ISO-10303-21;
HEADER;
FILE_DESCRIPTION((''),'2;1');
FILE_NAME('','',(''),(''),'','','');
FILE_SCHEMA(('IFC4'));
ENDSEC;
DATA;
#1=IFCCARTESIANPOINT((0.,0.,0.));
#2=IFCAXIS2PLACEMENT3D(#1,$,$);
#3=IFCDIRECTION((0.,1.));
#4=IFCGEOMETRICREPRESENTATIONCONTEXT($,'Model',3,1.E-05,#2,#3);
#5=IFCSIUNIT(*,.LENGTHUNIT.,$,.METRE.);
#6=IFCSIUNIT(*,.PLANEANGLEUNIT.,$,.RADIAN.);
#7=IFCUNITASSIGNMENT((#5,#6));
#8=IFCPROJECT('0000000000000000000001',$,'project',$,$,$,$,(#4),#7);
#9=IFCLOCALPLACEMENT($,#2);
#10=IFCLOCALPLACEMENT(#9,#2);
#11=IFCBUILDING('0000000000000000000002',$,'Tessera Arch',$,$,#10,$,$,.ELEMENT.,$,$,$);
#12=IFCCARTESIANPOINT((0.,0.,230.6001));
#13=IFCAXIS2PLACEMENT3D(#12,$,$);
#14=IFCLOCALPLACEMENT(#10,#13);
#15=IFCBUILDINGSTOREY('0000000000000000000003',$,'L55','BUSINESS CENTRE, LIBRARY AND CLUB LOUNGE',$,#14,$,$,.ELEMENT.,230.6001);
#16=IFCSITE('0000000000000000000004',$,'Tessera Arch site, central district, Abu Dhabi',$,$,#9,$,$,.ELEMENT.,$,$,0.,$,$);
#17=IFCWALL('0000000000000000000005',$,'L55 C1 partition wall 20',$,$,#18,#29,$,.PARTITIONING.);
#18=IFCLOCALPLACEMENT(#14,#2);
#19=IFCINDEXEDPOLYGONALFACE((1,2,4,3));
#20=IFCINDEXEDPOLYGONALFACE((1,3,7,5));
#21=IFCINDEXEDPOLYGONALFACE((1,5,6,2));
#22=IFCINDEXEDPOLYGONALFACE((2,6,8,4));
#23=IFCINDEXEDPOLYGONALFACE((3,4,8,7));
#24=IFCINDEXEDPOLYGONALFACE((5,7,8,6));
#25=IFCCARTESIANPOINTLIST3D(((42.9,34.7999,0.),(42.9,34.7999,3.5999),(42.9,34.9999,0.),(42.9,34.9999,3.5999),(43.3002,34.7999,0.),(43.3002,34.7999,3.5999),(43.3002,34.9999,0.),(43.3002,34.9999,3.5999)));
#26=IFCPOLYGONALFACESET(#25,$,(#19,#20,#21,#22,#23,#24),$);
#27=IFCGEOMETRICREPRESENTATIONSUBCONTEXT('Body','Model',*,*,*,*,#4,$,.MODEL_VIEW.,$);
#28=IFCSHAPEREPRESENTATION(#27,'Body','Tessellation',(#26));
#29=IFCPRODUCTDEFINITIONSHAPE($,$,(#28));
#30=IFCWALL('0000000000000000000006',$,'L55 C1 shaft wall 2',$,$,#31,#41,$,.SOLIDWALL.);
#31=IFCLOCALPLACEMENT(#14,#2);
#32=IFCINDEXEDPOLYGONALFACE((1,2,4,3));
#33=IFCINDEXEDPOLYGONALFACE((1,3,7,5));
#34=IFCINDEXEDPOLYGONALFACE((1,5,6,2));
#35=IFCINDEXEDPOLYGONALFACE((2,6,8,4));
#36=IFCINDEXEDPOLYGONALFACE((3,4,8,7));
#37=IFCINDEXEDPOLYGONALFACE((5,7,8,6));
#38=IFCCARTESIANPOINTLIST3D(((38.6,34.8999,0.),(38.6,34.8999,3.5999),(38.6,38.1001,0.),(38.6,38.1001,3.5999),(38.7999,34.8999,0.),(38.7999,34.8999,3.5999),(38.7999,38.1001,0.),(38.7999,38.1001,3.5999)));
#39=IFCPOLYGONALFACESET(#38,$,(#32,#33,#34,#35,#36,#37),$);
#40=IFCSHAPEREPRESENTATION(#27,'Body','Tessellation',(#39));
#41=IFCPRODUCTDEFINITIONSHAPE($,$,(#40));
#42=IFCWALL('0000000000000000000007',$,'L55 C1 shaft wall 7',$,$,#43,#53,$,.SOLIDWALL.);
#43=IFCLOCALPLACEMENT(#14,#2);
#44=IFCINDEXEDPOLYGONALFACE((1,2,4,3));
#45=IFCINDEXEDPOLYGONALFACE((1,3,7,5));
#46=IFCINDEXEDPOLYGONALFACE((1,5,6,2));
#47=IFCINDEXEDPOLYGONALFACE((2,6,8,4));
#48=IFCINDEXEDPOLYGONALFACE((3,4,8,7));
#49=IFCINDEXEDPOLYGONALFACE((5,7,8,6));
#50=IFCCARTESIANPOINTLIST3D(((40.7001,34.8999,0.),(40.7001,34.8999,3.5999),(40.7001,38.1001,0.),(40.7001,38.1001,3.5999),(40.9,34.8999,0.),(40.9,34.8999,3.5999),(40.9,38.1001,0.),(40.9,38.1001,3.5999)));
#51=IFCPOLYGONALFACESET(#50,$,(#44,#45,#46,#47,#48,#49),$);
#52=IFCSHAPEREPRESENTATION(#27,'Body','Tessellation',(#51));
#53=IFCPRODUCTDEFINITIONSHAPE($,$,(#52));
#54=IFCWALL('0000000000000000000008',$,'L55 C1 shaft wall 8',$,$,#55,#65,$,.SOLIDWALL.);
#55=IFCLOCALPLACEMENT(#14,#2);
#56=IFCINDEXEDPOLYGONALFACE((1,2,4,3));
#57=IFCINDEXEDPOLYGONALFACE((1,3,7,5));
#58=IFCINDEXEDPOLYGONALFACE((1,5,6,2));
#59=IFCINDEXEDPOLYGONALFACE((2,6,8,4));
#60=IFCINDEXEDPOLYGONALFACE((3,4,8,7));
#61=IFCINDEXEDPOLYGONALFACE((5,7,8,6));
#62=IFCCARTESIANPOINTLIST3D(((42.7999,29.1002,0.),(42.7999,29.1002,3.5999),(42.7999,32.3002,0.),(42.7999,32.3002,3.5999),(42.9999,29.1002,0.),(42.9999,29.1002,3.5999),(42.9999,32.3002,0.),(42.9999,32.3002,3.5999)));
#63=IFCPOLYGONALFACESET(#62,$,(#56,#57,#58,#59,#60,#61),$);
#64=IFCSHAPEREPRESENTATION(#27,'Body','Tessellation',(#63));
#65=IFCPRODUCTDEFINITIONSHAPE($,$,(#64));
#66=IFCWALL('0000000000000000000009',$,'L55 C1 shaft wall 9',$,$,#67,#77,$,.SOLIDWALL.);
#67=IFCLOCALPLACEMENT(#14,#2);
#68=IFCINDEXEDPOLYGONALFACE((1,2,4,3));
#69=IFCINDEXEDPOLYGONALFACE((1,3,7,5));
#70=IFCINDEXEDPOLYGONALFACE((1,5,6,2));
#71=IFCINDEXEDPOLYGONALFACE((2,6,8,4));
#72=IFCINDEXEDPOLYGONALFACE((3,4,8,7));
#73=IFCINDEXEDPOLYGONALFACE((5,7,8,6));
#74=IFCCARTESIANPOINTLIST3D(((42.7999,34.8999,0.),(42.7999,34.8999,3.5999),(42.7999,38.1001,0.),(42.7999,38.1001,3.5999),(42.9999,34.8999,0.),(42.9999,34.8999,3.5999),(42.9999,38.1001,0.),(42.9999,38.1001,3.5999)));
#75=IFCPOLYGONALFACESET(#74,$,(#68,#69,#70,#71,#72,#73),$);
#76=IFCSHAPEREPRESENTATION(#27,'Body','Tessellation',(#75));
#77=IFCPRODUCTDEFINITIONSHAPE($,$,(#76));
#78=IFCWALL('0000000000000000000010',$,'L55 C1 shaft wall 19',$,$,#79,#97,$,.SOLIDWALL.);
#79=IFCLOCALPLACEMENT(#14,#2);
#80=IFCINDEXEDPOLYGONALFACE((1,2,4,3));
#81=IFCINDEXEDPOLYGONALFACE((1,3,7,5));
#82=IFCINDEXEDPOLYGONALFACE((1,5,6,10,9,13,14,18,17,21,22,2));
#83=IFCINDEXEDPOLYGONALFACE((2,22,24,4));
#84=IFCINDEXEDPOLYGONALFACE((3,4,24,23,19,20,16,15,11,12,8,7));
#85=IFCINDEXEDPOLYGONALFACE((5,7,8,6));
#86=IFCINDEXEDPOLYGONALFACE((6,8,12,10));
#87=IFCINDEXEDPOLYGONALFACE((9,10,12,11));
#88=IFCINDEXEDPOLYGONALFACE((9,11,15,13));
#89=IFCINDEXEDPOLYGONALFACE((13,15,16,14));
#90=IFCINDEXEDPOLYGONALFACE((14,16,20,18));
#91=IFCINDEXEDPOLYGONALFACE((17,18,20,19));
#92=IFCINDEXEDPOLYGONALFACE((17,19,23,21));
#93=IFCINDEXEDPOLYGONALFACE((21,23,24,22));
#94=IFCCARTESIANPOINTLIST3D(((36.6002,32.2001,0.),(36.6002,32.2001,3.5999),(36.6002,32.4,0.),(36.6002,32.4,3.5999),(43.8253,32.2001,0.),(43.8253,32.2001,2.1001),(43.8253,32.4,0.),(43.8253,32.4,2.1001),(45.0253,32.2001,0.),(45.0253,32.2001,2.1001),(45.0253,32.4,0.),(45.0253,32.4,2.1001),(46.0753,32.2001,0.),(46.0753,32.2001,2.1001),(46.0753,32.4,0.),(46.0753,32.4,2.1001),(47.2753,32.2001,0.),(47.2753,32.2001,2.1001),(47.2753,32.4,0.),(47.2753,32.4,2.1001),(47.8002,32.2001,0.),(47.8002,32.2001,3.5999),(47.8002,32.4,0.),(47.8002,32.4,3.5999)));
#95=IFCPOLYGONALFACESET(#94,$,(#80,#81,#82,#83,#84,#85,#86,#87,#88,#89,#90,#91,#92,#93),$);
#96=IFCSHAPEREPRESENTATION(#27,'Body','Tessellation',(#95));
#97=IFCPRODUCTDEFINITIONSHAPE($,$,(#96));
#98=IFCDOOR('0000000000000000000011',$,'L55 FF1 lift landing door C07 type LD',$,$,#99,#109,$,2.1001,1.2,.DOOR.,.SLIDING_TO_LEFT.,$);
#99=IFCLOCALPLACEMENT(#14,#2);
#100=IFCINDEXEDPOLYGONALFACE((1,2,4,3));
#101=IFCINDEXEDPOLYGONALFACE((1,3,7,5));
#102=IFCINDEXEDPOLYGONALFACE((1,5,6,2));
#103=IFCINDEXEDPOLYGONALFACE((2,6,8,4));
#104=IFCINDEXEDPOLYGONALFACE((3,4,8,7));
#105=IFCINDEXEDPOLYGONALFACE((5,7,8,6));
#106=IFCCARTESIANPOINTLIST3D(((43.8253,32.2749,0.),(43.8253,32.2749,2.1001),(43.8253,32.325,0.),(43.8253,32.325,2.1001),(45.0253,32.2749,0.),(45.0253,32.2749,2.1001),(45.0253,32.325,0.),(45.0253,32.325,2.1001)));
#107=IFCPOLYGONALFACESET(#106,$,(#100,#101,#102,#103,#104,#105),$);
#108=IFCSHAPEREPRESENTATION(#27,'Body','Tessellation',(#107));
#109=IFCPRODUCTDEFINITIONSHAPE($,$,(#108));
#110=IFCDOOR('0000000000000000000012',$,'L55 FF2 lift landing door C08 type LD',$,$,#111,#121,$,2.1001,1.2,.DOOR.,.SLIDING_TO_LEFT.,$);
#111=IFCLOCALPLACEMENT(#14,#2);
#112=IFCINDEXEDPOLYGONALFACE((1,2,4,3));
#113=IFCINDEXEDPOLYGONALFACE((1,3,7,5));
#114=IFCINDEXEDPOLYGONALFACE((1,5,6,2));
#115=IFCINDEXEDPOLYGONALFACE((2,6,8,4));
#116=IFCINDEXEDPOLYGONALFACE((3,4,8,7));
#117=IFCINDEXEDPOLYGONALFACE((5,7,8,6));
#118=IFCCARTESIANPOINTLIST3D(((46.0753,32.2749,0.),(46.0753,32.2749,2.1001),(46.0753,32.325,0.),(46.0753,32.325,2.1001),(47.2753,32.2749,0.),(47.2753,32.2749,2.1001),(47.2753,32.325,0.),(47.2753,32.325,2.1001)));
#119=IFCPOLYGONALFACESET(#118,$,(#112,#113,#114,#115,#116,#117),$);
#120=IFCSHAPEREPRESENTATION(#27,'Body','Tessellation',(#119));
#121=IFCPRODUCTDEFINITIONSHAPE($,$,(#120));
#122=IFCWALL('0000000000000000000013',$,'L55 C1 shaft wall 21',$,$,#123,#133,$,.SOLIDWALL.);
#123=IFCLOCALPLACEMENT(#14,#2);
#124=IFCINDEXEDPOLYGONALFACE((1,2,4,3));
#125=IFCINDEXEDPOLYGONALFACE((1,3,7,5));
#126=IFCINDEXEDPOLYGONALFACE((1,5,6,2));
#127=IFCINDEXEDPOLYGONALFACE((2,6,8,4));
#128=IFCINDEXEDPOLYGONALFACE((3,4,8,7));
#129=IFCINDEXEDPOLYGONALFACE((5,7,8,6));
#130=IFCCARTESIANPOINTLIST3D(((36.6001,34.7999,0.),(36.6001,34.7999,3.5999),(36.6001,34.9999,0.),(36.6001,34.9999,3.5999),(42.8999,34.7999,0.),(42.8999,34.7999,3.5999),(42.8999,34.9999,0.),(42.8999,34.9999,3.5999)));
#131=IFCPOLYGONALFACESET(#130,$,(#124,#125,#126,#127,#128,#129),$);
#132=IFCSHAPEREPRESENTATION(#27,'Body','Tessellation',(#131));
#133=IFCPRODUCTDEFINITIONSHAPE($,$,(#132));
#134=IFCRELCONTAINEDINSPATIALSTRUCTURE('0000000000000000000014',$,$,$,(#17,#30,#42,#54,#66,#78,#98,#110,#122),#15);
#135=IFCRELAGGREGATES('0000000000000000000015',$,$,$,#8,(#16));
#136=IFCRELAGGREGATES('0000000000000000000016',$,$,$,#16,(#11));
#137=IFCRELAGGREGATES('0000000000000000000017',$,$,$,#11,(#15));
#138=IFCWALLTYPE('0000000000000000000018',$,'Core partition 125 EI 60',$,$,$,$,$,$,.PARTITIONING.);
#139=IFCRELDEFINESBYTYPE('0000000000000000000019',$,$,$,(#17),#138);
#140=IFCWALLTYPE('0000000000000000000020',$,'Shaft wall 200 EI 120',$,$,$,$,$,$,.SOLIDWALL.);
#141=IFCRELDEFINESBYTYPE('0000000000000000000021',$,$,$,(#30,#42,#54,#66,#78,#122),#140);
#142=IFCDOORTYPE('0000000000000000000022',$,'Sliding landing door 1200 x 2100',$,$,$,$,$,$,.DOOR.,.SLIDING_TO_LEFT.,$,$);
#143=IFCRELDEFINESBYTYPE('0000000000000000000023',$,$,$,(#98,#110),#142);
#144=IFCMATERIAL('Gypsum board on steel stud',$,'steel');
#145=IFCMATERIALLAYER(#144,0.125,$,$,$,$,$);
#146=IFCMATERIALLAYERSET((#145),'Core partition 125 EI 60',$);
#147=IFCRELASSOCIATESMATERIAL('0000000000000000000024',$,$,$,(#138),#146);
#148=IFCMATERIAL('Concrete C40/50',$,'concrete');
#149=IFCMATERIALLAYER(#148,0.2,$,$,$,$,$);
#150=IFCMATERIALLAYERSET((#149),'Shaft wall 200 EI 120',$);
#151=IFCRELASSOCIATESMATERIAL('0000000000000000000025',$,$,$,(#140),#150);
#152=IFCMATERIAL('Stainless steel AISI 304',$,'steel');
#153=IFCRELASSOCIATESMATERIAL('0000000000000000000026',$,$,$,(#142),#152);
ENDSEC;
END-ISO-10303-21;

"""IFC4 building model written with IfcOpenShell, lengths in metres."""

from ifc_helpers import new_model, si_unit, direction, frame, frame_2d, origin, place, context, subcontext, project, spatial, rectangle, extrude, material, layer, layer_set, type_object, element, fill, save


model = new_model("IFC4")

# Units and contexts
model_context = context("Model", 3, precision=1e-05, world=origin(), true_north=direction((0.0, 1.0)))
body_context = subcontext(model_context, "Body", "Model", "MODEL_VIEW")
ifc_project = project(units=[si_unit("LENGTHUNIT", "METRE"), si_unit("PLANEANGLEUNIT", "RADIAN")], contexts=[model_context])

# Site, building, storey
site_placement = place(None, origin())
site = spatial("IfcSite", under=ifc_project, at=site_placement, Name="Tessera Arch site, central district, Abu Dhabi", CompositionType="ELEMENT", RefElevation=0.0)
building_placement = place(site_placement, origin())
building = spatial("IfcBuilding", under=site, at=building_placement, Name="Tessera Arch", CompositionType="ELEMENT")
storey_placement = place(building_placement, frame((0.0, 0.0, 230.6001)))
storey = spatial("IfcBuildingStorey", under=building, at=storey_placement, Name="L55", Description="BUSINESS CENTRE, LIBRARY AND CLUB LOUNGE", CompositionType="ELEMENT", Elevation=230.6001)

# Walls
ifc_material_1 = material(Name="Gypsum board on steel stud", Category="steel")
ifc_layer_1 = layer(ifc_material_1, 0.125)
ifc_layer_set_1 = layer_set([ifc_layer_1], Name="Core partition 125 EI 60")
wall_type_1 = type_object("IfcWallType", Name="Core partition 125 EI 60", PredefinedType="PARTITIONING", material=ifc_layer_set_1)
wall_1_placement = place(storey_placement, frame((42.8999, 34.8999, 0.0), z_axis=(0.0, 0.0, 1.0), x_axis=(1.0, 0.0, 0.0)))
element("IfcWall", 1, at=wall_1_placement, inside=storey, type_object=wall_type_1, Name="L55 C1 partition wall 20", PredefinedType="PARTITIONING", context=body_context, shape_type="SweptSolid", body=[
    extrude(rectangle(XDim=0.4001, YDim=0.2, at=frame_2d((0.2002, 0.0))), origin(), (0.0, 0.0, 1.0), 3.5999),
])
ifc_material_2 = material(Name="Concrete C40/50", Category="concrete")
ifc_layer_2 = layer(ifc_material_2, 0.2)
ifc_layer_set_2 = layer_set([ifc_layer_2], Name="Shaft wall 200 EI 120")
wall_type_2 = type_object("IfcWallType", Name="Shaft wall 200 EI 120", PredefinedType="SOLIDWALL", material=ifc_layer_set_2)
for number, where, z_axis, x_axis, name in (
    (2, (38.7, 34.8999, 0.0), (0.0, 0.0, 1.0), (0.0, 1.0, 0.0), "L55 C1 shaft wall 2"),
    (3, (40.8, 34.8999, 0.0), (0.0, 0.0, 1.0), (0.0, 1.0, 0.0), "L55 C1 shaft wall 7"),
):
    element("IfcWall", number, at=place(storey_placement, frame(where, z_axis=z_axis, x_axis=x_axis)), inside=storey, type_object=wall_type_2, Name=name, PredefinedType="SOLIDWALL", context=body_context, shape_type="SweptSolid", body=[
        extrude(rectangle(XDim=3.2002, YDim=0.2, at=frame_2d((1.6001, 0.0))), origin(), (0.0, 0.0, 1.0), 3.5999),
    ])
wall_2_placement = place(storey_placement, frame((42.8999, 29.1001, 0.0), z_axis=(0.0, 0.0, 1.0), x_axis=(0.0, 1.0, 0.0)))
element("IfcWall", 4, at=wall_2_placement, inside=storey, type_object=wall_type_2, Name="L55 C1 shaft wall 8", PredefinedType="SOLIDWALL", context=body_context, shape_type="SweptSolid", body=[
    extrude(rectangle(XDim=3.2, YDim=0.2, at=frame_2d((1.6001, 0.0))), origin(), (0.0, 0.0, 1.0), 3.5999),
])
wall_3_placement = place(storey_placement, frame((42.8999, 34.8999, 0.0), z_axis=(0.0, 0.0, 1.0), x_axis=(0.0, 1.0, 0.0)))
element("IfcWall", 5, at=wall_3_placement, inside=storey, type_object=wall_type_2, Name="L55 C1 shaft wall 9", PredefinedType="SOLIDWALL", context=body_context, shape_type="SweptSolid", body=[
    extrude(rectangle(XDim=3.2002, YDim=0.2, at=frame_2d((1.6001, 0.0))), origin(), (0.0, 0.0, 1.0), 3.5999),
])

# Wall, openings, doors
wall_4_placement = place(storey_placement, frame((36.6001, 32.3, 0.0), z_axis=(0.0, 0.0, 1.0), x_axis=(1.0, 0.0, 0.0)))
wall_4 = element("IfcWall", 6, at=wall_4_placement, inside=storey, type_object=wall_type_2, Name="L55 C1 shaft wall 19", PredefinedType="SOLIDWALL", context=body_context, shape_type="SweptSolid", body=[
    extrude(rectangle(XDim=11.2, YDim=0.2, at=frame_2d((5.6001, 0.0))), origin(), (0.0, 0.0, 1.0), 3.5999),
])
opening_1_placement = place(wall_4_placement, frame((7.2251, 0.0, 0.0)))
opening_1 = element("IfcOpeningElement", 7, at=opening_1_placement, cuts=wall_4, PredefinedType="OPENING", context=body_context, shape_type="SweptSolid", body=[
    extrude(rectangle(XDim=1.2, YDim=2.1001, at=frame_2d((0.6001, 1.05))), frame((0.0, 0.1099, 0.0), z_axis=(0.0, -1.0, 0.0), x_axis=(1.0, 0.0, 0.0)), (0.0, 0.0, 1.0), 0.22),
])
opening_2_placement = place(wall_4_placement, frame((9.4751, 0.0, 0.0)))
opening_2 = element("IfcOpeningElement", 8, at=opening_2_placement, cuts=wall_4, PredefinedType="OPENING", context=body_context, shape_type="SweptSolid", body=[
    extrude(rectangle(XDim=1.2, YDim=2.1001, at=frame_2d((0.6001, 1.05))), frame((0.0, 0.1099, 0.0), z_axis=(0.0, -1.0, 0.0), x_axis=(1.0, 0.0, 0.0)), (0.0, 0.0, 1.0), 0.22),
])
ifc_material_3 = material(Name="Stainless steel AISI 304", Category="steel")
door_type = type_object("IfcDoorType", Name="Sliding landing door 1200 x 2100", OperationType="SLIDING_TO_LEFT", PredefinedType="DOOR", material=ifc_material_3)
door_1_placement = place(opening_1_placement, origin())
door_1 = element("IfcDoor", 9, at=door_1_placement, inside=storey, type_object=door_type, Name="L55 FF1 lift landing door C07 type LD", OperationType="SLIDING_TO_LEFT", OverallHeight=2.1001, OverallWidth=1.2, PredefinedType="DOOR", context=body_context, shape_type="SweptSolid", body=[
    extrude(rectangle(XDim=1.2, YDim=2.1001, at=frame_2d((0.6001, 1.05))), frame((0.0, 0.0249, 0.0), z_axis=(0.0, -1.0, 0.0), x_axis=(1.0, 0.0, 0.0)), (0.0, 0.0, 1.0), 0.05),
])
fill(opening_1, door_1)
door_2_placement = place(opening_2_placement, origin())
door_2 = element("IfcDoor", 10, at=door_2_placement, inside=storey, type_object=door_type, Name="L55 FF2 lift landing door C08 type LD", OperationType="SLIDING_TO_LEFT", OverallHeight=2.1001, OverallWidth=1.2, PredefinedType="DOOR", context=body_context, shape_type="SweptSolid", body=[
    extrude(rectangle(XDim=1.2, YDim=2.1001, at=frame_2d((0.6001, 1.05))), frame((0.0, 0.0249, 0.0), z_axis=(0.0, -1.0, 0.0), x_axis=(1.0, 0.0, 0.0)), (0.0, 0.0, 1.0), 0.05),
])
fill(opening_2, door_2)

# Wall
wall_5_placement = place(storey_placement, frame((36.6001, 34.8999, 0.0), z_axis=(0.0, 0.0, 1.0), x_axis=(1.0, 0.0, 0.0)))
element("IfcWall", 11, at=wall_5_placement, inside=storey, type_object=wall_type_2, Name="L55 C1 shaft wall 21", PredefinedType="SOLIDWALL", context=body_context, shape_type="SweptSolid", body=[
    extrude(rectangle(XDim=6.2998, YDim=0.2, at=frame_2d((3.1499, 0.0))), origin(), (0.0, 0.0, 1.0), 3.5999),
])

save(model, "model.ifc")
